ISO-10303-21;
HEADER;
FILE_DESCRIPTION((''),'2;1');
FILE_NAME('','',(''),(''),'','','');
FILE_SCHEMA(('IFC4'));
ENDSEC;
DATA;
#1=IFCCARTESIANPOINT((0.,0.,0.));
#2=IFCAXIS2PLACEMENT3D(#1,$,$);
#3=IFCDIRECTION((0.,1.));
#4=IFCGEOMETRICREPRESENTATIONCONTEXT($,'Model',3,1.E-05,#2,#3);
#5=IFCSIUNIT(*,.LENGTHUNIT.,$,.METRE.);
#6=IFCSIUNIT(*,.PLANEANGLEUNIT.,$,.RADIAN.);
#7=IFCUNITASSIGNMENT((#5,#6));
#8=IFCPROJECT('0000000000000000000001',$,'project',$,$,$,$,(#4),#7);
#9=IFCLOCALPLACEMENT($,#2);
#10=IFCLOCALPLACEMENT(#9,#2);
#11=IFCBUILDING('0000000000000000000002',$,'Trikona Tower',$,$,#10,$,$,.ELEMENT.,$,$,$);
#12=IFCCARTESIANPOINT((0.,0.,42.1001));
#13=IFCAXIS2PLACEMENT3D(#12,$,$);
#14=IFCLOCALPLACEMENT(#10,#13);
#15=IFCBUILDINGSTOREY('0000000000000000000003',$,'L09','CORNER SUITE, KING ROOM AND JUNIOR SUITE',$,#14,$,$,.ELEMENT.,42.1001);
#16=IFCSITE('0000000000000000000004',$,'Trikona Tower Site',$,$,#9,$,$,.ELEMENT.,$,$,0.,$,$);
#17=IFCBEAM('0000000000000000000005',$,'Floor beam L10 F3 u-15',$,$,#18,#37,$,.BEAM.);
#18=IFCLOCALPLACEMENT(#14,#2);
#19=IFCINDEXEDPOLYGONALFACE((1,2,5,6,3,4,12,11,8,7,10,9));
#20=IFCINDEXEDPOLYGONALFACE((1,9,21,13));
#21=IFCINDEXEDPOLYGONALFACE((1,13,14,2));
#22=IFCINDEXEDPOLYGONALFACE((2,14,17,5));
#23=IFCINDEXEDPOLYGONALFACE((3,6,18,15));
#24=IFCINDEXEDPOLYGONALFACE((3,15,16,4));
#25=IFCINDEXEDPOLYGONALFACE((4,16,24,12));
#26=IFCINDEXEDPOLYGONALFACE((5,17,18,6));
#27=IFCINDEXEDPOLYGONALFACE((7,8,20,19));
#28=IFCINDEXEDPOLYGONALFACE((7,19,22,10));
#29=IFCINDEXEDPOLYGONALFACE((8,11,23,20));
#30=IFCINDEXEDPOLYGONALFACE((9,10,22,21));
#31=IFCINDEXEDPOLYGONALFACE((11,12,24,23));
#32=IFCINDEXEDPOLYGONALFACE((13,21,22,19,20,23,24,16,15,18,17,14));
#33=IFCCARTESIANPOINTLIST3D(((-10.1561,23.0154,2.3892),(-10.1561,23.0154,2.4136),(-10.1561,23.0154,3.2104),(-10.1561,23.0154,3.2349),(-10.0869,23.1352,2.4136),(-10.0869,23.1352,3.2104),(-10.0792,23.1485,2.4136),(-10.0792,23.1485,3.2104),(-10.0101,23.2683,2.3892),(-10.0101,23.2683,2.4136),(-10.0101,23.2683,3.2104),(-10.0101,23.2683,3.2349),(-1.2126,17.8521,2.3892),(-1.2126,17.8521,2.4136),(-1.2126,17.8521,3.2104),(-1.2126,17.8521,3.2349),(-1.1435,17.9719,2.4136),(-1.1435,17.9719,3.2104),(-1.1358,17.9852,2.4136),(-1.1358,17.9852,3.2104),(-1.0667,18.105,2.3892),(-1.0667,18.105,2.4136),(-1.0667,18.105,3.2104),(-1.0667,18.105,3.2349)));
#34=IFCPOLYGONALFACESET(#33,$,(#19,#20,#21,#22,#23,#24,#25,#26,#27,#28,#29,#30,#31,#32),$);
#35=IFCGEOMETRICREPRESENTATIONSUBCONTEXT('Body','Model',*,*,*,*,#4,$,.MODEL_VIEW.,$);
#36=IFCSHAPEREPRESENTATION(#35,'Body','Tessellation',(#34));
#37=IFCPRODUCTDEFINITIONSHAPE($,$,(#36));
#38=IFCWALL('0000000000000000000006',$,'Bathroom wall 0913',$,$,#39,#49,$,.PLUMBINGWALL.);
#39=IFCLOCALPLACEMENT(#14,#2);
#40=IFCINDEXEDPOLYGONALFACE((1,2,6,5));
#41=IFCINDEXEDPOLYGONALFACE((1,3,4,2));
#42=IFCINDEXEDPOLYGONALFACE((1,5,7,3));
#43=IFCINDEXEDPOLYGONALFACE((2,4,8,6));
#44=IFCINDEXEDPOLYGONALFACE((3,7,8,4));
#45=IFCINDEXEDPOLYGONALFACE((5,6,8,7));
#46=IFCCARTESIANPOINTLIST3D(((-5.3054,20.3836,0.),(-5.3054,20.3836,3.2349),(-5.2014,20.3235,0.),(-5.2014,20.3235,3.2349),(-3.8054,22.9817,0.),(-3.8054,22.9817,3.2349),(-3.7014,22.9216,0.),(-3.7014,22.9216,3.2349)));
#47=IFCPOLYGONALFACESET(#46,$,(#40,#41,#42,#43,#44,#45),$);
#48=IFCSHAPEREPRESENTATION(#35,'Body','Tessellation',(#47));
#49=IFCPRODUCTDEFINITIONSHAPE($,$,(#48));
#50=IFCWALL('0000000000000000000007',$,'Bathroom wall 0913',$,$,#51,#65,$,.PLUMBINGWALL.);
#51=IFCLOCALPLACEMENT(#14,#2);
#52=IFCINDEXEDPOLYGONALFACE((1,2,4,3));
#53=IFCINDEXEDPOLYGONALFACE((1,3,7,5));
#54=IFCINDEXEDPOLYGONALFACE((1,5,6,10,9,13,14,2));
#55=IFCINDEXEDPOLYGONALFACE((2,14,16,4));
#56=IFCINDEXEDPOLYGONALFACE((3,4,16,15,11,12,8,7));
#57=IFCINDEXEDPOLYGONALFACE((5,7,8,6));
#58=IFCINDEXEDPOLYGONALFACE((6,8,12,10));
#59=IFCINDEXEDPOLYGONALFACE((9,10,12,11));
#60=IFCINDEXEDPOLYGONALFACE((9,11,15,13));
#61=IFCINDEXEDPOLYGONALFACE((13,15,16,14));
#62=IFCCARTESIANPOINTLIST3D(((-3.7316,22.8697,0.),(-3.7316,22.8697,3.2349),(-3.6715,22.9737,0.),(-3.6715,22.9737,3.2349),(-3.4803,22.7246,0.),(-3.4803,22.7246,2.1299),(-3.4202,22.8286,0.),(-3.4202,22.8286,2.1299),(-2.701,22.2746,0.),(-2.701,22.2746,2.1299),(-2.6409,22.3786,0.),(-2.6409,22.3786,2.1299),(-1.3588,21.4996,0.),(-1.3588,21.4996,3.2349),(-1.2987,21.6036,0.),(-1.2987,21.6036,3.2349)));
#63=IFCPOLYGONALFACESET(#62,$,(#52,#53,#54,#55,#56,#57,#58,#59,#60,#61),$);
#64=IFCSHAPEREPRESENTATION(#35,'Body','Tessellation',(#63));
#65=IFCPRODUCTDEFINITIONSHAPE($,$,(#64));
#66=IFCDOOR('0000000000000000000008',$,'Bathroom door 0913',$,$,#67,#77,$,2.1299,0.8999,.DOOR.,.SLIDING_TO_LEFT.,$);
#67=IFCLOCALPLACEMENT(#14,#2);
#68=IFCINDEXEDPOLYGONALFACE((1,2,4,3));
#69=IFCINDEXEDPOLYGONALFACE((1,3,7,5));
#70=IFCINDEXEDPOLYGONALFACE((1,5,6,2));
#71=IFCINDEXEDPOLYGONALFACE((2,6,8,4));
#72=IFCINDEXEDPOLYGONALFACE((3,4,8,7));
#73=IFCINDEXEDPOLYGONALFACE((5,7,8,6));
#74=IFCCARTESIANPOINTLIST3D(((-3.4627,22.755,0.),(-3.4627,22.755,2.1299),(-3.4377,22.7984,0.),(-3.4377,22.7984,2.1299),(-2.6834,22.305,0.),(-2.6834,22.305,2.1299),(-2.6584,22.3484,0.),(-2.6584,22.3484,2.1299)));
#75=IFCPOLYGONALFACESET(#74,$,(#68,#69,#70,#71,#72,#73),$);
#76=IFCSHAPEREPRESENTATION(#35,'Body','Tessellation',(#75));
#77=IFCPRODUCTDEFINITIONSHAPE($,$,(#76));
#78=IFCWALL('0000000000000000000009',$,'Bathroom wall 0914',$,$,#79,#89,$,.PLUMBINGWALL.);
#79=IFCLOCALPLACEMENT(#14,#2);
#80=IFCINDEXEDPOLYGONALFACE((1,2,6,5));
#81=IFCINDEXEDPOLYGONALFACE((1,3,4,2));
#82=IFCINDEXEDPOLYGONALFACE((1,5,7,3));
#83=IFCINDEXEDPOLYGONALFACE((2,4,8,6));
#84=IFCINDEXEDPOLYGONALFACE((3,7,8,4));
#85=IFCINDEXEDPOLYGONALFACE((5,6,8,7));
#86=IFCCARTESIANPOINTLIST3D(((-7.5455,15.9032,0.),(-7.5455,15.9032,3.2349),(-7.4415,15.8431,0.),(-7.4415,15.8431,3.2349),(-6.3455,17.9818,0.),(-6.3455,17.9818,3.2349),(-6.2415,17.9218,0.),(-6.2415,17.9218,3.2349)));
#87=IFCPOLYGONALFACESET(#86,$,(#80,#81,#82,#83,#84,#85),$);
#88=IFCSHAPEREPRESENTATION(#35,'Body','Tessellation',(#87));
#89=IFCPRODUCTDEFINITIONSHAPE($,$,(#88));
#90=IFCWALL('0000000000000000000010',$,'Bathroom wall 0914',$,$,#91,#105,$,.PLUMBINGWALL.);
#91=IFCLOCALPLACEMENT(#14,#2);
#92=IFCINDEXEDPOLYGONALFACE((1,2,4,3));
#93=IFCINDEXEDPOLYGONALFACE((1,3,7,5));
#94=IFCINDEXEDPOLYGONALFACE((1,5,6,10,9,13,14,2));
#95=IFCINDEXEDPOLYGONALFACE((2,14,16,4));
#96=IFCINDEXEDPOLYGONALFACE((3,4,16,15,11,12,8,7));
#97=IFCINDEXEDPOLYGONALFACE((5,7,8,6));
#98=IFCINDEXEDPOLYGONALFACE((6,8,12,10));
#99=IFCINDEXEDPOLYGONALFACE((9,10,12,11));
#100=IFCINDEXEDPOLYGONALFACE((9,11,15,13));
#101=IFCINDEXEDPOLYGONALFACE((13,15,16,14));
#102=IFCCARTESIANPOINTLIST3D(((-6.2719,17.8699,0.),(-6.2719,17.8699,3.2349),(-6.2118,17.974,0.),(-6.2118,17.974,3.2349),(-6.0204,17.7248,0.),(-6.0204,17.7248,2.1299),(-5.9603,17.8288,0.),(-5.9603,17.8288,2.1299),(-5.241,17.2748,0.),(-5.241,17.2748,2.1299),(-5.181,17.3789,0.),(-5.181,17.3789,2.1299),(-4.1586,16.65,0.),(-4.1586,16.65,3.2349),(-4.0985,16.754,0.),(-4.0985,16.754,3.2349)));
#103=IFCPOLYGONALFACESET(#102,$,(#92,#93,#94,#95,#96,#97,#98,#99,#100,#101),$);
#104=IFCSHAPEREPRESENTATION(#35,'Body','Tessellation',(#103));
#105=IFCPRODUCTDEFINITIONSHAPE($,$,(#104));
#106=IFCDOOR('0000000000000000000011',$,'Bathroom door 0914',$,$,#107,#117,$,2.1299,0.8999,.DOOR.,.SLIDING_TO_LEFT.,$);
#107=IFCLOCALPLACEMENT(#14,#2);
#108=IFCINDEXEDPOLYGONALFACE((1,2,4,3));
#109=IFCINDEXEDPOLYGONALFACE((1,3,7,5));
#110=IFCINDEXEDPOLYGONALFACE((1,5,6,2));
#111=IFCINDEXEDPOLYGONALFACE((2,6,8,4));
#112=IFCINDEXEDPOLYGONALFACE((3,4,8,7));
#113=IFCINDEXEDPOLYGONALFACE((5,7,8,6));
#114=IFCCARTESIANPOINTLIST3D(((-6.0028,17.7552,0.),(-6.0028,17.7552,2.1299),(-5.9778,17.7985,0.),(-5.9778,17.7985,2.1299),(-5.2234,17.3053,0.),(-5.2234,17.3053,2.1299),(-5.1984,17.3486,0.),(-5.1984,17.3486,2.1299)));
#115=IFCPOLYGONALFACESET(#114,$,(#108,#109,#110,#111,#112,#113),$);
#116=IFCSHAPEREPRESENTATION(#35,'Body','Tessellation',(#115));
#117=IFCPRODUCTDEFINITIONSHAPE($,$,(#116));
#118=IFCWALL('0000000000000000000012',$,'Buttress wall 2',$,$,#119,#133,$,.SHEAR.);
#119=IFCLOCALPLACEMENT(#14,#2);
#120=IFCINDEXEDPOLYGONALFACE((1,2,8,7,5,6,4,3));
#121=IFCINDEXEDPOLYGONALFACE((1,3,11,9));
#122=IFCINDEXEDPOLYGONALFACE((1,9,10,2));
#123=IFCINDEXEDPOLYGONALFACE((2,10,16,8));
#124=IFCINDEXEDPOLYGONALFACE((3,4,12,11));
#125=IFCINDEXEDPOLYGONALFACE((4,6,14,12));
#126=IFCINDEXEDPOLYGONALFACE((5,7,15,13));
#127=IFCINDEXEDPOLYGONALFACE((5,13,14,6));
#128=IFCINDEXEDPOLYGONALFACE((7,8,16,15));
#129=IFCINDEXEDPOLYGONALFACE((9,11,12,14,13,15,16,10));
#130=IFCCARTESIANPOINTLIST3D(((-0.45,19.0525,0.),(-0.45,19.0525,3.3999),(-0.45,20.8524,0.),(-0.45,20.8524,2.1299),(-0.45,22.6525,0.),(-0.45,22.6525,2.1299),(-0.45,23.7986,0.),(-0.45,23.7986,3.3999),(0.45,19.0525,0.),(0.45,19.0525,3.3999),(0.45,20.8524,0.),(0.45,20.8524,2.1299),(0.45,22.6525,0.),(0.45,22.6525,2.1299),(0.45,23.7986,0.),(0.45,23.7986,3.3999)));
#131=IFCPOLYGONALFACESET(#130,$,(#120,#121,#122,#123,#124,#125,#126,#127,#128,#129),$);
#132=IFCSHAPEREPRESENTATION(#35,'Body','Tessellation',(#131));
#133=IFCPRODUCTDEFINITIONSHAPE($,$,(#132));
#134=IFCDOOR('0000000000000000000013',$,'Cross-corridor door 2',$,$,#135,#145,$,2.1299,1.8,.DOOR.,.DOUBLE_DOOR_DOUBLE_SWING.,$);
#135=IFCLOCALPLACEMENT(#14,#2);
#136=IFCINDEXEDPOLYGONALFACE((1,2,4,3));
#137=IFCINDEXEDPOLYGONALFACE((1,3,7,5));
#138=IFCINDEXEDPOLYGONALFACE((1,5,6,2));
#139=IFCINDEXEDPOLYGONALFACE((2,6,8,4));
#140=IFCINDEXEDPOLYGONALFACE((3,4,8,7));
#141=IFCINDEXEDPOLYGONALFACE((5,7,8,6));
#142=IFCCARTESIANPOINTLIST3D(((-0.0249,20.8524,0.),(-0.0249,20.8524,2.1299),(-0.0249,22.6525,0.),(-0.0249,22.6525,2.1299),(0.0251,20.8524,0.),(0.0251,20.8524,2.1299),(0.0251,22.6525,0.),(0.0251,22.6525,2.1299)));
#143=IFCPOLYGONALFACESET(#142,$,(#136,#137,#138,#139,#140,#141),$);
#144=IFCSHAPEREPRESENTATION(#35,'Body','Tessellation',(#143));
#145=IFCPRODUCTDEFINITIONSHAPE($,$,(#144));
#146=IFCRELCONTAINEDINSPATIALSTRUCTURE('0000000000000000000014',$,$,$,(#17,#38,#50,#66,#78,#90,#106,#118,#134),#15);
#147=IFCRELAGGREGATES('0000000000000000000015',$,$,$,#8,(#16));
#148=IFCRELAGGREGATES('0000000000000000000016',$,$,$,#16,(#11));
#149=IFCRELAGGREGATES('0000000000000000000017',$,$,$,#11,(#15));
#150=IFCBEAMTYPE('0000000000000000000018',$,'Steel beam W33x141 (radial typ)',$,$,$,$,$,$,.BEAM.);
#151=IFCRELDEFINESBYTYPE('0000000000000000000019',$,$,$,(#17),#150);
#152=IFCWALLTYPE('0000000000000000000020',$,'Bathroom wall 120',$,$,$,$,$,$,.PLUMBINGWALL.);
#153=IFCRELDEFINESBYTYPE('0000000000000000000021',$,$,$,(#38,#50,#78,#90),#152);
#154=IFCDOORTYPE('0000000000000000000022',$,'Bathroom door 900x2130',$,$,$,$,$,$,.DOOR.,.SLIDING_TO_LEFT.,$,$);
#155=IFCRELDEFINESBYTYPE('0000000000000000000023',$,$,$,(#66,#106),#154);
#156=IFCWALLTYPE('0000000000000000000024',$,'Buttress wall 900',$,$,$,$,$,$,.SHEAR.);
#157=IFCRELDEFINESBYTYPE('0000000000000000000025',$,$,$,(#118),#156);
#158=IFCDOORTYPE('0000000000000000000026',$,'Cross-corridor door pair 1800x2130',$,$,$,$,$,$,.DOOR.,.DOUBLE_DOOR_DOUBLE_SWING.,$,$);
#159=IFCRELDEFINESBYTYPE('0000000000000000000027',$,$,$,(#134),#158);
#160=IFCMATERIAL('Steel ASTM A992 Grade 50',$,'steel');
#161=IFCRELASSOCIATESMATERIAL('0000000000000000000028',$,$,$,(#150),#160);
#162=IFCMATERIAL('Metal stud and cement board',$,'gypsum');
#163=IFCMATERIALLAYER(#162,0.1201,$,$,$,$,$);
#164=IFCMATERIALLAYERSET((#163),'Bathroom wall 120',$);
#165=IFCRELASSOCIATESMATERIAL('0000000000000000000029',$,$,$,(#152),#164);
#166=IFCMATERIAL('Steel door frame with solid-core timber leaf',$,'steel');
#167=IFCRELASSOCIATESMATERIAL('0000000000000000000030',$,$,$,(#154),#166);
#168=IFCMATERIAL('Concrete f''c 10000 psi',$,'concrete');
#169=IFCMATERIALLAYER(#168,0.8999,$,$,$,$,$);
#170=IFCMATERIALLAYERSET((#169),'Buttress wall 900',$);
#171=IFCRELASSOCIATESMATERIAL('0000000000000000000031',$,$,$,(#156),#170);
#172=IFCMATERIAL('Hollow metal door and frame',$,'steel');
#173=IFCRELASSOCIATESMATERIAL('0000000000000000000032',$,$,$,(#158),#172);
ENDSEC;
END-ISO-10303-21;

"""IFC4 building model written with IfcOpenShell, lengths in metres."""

from ifc_helpers import new_model, si_unit, direction, frame, frame_2d, origin, origin_2d, place, context, subcontext, project, spatial, rectangle, i_section, extrude, material, layer, layer_set, material_profile, profile_set, type_object, element, fill, save


model = new_model("IFC4")

# Units and contexts
model_context = context("Model", 3, precision=1e-05, world=origin(), true_north=direction((0.0, 1.0)))
body_context = subcontext(model_context, "Body", "Model", "MODEL_VIEW")
ifc_project = project(units=[si_unit("LENGTHUNIT", "METRE"), si_unit("PLANEANGLEUNIT", "RADIAN")], contexts=[model_context])

# Site, building, storey
site_placement = place(None, origin())
site = spatial("IfcSite", under=ifc_project, at=site_placement, Name="Trikona Tower Site", CompositionType="ELEMENT", RefElevation=0.0)
building_placement = place(site_placement, origin())
building = spatial("IfcBuilding", under=site, at=building_placement, Name="Trikona Tower", CompositionType="ELEMENT")
storey_placement = place(building_placement, frame((0.0, 0.0, 42.1001)))
storey = spatial("IfcBuildingStorey", under=building, at=storey_placement, Name="L09", Description="CORNER SUITE, KING ROOM AND JUNIOR SUITE", CompositionType="ELEMENT", Elevation=42.1001)

# Beam
ifc_material_1 = material(Name="Steel ASTM A992 Grade 50", Category="steel")
ifc_material_profile = material_profile(ifc_material_1, i_section(OverallWidth=0.292, OverallDepth=0.8457, WebThickness=0.0154, FlangeThickness=0.0244, at=origin_2d()), Name="W33X141")
ifc_profile_set = profile_set([ifc_material_profile], Name="Steel ASTM A992 Grade 50")
beam_type = type_object("IfcBeamType", Name="Steel beam W33x141 (radial typ)", PredefinedType="BEAM", material=ifc_profile_set)
beam_placement = place(storey_placement, frame((-1.1396, 17.9785, 2.812), z_axis=(-0.86603, 0.499991, 0.0), x_axis=(-0.499991, -0.86603, 0.0)))
element("IfcBeam", 1, at=beam_placement, inside=storey, type_object=beam_type, Name="Floor beam L10 F3 u-15", PredefinedType="BEAM", context=body_context, shape_type="SweptSolid", body=[
    extrude(i_section(OverallWidth=0.292, OverallDepth=0.8457, WebThickness=0.0154, FlangeThickness=0.0244, at=origin_2d()), origin(), (0.0, 0.0, 1.0), 10.3269),
])

# Wall
ifc_material_2 = material(Name="Metal stud and cement board", Category="gypsum")
ifc_layer_1 = layer(ifc_material_2, 0.1201)
ifc_layer_set_1 = layer_set([ifc_layer_1], Name="Bathroom wall 120")
wall_type_1 = type_object("IfcWallType", Name="Bathroom wall 120", PredefinedType="PLUMBINGWALL", material=ifc_layer_set_1)
wall_1_placement = place(storey_placement, frame((-3.7534, 22.9517, 0.0), z_axis=(0.0, 0.0, 1.0), x_axis=(-0.49999, -0.866031, 0.0)))
element("IfcWall", 2, at=wall_1_placement, inside=storey, type_object=wall_type_1, Name="Bathroom wall 0913", PredefinedType="PLUMBINGWALL", context=body_context, shape_type="SweptSolid", body=[
    extrude(rectangle(XDim=3.0, YDim=0.1201, at=frame_2d((1.5, 0.0))), origin(), (0.0, 0.0, 1.0), 3.2349),
])

# Wall, opening, door
wall_2_placement = place(storey_placement, frame((-1.3286, 21.5515, 0.0), z_axis=(0.0, 0.0, 1.0), x_axis=(-0.865997, 0.500049, 0.0)))
wall_2 = element("IfcWall", 3, at=wall_2_placement, inside=storey, type_object=wall_type_1, Name="Bathroom wall 0913", PredefinedType="PLUMBINGWALL", context=body_context, shape_type="SweptSolid", body=[
    extrude(rectangle(XDim=2.74, YDim=0.1201, at=frame_2d((1.3701, 0.0))), origin(), (0.0, 0.0, 1.0), 3.2349),
])
opening_1_placement = place(wall_2_placement, frame((1.55, 0.0, 0.0)))
opening_1 = element("IfcOpeningElement", 4, at=opening_1_placement, cuts=wall_2, PredefinedType="OPENING", context=body_context, shape_type="SweptSolid", body=[
    extrude(rectangle(XDim=0.8999, YDim=2.1299, at=frame_2d((0.45, 1.0649))), frame((0.0, 0.0701, 0.0), z_axis=(0.0, -1.0, 0.0), x_axis=(1.0, 0.0, 0.0)), (0.0, 0.0, 1.0), 0.1401),
])
ifc_material_3 = material(Name="Steel door frame with solid-core timber leaf", Category="steel")
door_type_1 = type_object("IfcDoorType", Name="Bathroom door 900x2130", OperationType="SLIDING_TO_LEFT", PredefinedType="DOOR", material=ifc_material_3)
door_1_placement = place(opening_1_placement, origin())
door_1 = element("IfcDoor", 5, at=door_1_placement, inside=storey, type_object=door_type_1, Name="Bathroom door 0913", OperationType="SLIDING_TO_LEFT", OverallHeight=2.1299, OverallWidth=0.8999, PredefinedType="DOOR", context=body_context, shape_type="SweptSolid", body=[
    extrude(rectangle(XDim=0.8999, YDim=2.1299, at=frame_2d((0.45, 1.0649))), frame((0.0, 0.0249, 0.0), z_axis=(0.0, -1.0, 0.0), x_axis=(1.0, 0.0, 0.0)), (0.0, 0.0, 1.0), 0.05),
])
fill(opening_1, door_1)

# Wall
wall_3_placement = place(storey_placement, frame((-6.2935, 17.9519, 0.0), z_axis=(0.0, 0.0, 1.0), x_axis=(-0.499957, -0.86605, 0.0)))
element("IfcWall", 6, at=wall_3_placement, inside=storey, type_object=wall_type_1, Name="Bathroom wall 0914", PredefinedType="PLUMBINGWALL", context=body_context, shape_type="SweptSolid", body=[
    extrude(rectangle(XDim=2.4001, YDim=0.1201, at=frame_2d((1.2002, 0.0))), origin(), (0.0, 0.0, 1.0), 3.2349),
])

# Walls, openings, doors
wall_4_placement = place(storey_placement, frame((-4.1284, 16.7019, 0.0), z_axis=(0.0, 0.0, 1.0), x_axis=(-0.866049, 0.499959, 0.0)))
wall_4 = element("IfcWall", 7, at=wall_4_placement, inside=storey, type_object=wall_type_1, Name="Bathroom wall 0914", PredefinedType="PLUMBINGWALL", context=body_context, shape_type="SweptSolid", body=[
    extrude(rectangle(XDim=2.4402, YDim=0.1201, at=frame_2d((1.2202, 0.0))), origin(), (0.0, 0.0, 1.0), 3.2349),
])
opening_2_placement = place(wall_4_placement, frame((1.25, 0.0, 0.0)))
opening_2 = element("IfcOpeningElement", 8, at=opening_2_placement, cuts=wall_4, PredefinedType="OPENING", context=body_context, shape_type="SweptSolid", body=[
    extrude(rectangle(XDim=0.8999, YDim=2.1299, at=frame_2d((0.45, 1.0649))), frame((0.0, 0.0701, 0.0), z_axis=(0.0, -1.0, 0.0), x_axis=(1.0, 0.0, 0.0)), (0.0, 0.0, 1.0), 0.1401),
])
door_2_placement = place(opening_2_placement, origin())
door_2 = element("IfcDoor", 9, at=door_2_placement, inside=storey, type_object=door_type_1, Name="Bathroom door 0914", OperationType="SLIDING_TO_LEFT", OverallHeight=2.1299, OverallWidth=0.8999, PredefinedType="DOOR", context=body_context, shape_type="SweptSolid", body=[
    extrude(rectangle(XDim=0.8999, YDim=2.1299, at=frame_2d((0.45, 1.0649))), frame((0.0, 0.0249, 0.0), z_axis=(0.0, -1.0, 0.0), x_axis=(1.0, 0.0, 0.0)), (0.0, 0.0, 1.0), 0.05),
])
fill(opening_2, door_2)
ifc_material_4 = material(Name="Concrete f'c 10000 psi", Category="concrete")
ifc_layer_2 = layer(ifc_material_4, 0.8999)
ifc_layer_set_2 = layer_set([ifc_layer_2], Name="Buttress wall 900")
wall_type_2 = type_object("IfcWallType", Name="Buttress wall 900", PredefinedType="SHEAR", material=ifc_layer_set_2)
wall_5_placement = place(storey_placement, frame((0.0, 19.0525, 0.0), z_axis=(0.0, 0.0, 1.0), x_axis=(0.0, 1.0, 0.0)))
wall_5 = element("IfcWall", 10, at=wall_5_placement, inside=storey, type_object=wall_type_2, Name="Buttress wall 2", PredefinedType="SHEAR", context=body_context, shape_type="SweptSolid", body=[
    extrude(rectangle(XDim=4.7461, YDim=0.8999, at=frame_2d((2.373, 0.0))), origin(), (0.0, 0.0, 1.0), 3.3999),
])
opening_3_placement = place(wall_5_placement, frame((1.8, 0.0, 0.0)))
opening_3 = element("IfcOpeningElement", 11, at=opening_3_placement, cuts=wall_5, PredefinedType="OPENING", context=body_context, shape_type="SweptSolid", body=[
    extrude(rectangle(XDim=1.8, YDim=2.1299, at=frame_2d((0.8999, 1.0649))), frame((0.0, 0.46, 0.0), z_axis=(0.0, -1.0, 0.0), x_axis=(1.0, 0.0, 0.0)), (0.0, 0.0, 1.0), 0.9199),
])
ifc_material_5 = material(Name="Hollow metal door and frame", Category="steel")
door_type_2 = type_object("IfcDoorType", Name="Cross-corridor door pair 1800x2130", OperationType="DOUBLE_DOOR_DOUBLE_SWING", PredefinedType="DOOR", material=ifc_material_5)
door_3_placement = place(opening_3_placement, origin())
door_3 = element("IfcDoor", 12, at=door_3_placement, inside=storey, type_object=door_type_2, Name="Cross-corridor door 2", OperationType="DOUBLE_DOOR_DOUBLE_SWING", OverallHeight=2.1299, OverallWidth=1.8, PredefinedType="DOOR", context=body_context, shape_type="SweptSolid", body=[
    extrude(rectangle(XDim=1.8, YDim=2.1299, at=frame_2d((0.8999, 1.0649))), frame((0.0, 0.0249, 0.0), z_axis=(0.0, -1.0, 0.0), x_axis=(1.0, 0.0, 0.0)), (0.0, 0.0, 1.0), 0.05),
])
fill(opening_3, door_3)

save(model, "model.ifc")
